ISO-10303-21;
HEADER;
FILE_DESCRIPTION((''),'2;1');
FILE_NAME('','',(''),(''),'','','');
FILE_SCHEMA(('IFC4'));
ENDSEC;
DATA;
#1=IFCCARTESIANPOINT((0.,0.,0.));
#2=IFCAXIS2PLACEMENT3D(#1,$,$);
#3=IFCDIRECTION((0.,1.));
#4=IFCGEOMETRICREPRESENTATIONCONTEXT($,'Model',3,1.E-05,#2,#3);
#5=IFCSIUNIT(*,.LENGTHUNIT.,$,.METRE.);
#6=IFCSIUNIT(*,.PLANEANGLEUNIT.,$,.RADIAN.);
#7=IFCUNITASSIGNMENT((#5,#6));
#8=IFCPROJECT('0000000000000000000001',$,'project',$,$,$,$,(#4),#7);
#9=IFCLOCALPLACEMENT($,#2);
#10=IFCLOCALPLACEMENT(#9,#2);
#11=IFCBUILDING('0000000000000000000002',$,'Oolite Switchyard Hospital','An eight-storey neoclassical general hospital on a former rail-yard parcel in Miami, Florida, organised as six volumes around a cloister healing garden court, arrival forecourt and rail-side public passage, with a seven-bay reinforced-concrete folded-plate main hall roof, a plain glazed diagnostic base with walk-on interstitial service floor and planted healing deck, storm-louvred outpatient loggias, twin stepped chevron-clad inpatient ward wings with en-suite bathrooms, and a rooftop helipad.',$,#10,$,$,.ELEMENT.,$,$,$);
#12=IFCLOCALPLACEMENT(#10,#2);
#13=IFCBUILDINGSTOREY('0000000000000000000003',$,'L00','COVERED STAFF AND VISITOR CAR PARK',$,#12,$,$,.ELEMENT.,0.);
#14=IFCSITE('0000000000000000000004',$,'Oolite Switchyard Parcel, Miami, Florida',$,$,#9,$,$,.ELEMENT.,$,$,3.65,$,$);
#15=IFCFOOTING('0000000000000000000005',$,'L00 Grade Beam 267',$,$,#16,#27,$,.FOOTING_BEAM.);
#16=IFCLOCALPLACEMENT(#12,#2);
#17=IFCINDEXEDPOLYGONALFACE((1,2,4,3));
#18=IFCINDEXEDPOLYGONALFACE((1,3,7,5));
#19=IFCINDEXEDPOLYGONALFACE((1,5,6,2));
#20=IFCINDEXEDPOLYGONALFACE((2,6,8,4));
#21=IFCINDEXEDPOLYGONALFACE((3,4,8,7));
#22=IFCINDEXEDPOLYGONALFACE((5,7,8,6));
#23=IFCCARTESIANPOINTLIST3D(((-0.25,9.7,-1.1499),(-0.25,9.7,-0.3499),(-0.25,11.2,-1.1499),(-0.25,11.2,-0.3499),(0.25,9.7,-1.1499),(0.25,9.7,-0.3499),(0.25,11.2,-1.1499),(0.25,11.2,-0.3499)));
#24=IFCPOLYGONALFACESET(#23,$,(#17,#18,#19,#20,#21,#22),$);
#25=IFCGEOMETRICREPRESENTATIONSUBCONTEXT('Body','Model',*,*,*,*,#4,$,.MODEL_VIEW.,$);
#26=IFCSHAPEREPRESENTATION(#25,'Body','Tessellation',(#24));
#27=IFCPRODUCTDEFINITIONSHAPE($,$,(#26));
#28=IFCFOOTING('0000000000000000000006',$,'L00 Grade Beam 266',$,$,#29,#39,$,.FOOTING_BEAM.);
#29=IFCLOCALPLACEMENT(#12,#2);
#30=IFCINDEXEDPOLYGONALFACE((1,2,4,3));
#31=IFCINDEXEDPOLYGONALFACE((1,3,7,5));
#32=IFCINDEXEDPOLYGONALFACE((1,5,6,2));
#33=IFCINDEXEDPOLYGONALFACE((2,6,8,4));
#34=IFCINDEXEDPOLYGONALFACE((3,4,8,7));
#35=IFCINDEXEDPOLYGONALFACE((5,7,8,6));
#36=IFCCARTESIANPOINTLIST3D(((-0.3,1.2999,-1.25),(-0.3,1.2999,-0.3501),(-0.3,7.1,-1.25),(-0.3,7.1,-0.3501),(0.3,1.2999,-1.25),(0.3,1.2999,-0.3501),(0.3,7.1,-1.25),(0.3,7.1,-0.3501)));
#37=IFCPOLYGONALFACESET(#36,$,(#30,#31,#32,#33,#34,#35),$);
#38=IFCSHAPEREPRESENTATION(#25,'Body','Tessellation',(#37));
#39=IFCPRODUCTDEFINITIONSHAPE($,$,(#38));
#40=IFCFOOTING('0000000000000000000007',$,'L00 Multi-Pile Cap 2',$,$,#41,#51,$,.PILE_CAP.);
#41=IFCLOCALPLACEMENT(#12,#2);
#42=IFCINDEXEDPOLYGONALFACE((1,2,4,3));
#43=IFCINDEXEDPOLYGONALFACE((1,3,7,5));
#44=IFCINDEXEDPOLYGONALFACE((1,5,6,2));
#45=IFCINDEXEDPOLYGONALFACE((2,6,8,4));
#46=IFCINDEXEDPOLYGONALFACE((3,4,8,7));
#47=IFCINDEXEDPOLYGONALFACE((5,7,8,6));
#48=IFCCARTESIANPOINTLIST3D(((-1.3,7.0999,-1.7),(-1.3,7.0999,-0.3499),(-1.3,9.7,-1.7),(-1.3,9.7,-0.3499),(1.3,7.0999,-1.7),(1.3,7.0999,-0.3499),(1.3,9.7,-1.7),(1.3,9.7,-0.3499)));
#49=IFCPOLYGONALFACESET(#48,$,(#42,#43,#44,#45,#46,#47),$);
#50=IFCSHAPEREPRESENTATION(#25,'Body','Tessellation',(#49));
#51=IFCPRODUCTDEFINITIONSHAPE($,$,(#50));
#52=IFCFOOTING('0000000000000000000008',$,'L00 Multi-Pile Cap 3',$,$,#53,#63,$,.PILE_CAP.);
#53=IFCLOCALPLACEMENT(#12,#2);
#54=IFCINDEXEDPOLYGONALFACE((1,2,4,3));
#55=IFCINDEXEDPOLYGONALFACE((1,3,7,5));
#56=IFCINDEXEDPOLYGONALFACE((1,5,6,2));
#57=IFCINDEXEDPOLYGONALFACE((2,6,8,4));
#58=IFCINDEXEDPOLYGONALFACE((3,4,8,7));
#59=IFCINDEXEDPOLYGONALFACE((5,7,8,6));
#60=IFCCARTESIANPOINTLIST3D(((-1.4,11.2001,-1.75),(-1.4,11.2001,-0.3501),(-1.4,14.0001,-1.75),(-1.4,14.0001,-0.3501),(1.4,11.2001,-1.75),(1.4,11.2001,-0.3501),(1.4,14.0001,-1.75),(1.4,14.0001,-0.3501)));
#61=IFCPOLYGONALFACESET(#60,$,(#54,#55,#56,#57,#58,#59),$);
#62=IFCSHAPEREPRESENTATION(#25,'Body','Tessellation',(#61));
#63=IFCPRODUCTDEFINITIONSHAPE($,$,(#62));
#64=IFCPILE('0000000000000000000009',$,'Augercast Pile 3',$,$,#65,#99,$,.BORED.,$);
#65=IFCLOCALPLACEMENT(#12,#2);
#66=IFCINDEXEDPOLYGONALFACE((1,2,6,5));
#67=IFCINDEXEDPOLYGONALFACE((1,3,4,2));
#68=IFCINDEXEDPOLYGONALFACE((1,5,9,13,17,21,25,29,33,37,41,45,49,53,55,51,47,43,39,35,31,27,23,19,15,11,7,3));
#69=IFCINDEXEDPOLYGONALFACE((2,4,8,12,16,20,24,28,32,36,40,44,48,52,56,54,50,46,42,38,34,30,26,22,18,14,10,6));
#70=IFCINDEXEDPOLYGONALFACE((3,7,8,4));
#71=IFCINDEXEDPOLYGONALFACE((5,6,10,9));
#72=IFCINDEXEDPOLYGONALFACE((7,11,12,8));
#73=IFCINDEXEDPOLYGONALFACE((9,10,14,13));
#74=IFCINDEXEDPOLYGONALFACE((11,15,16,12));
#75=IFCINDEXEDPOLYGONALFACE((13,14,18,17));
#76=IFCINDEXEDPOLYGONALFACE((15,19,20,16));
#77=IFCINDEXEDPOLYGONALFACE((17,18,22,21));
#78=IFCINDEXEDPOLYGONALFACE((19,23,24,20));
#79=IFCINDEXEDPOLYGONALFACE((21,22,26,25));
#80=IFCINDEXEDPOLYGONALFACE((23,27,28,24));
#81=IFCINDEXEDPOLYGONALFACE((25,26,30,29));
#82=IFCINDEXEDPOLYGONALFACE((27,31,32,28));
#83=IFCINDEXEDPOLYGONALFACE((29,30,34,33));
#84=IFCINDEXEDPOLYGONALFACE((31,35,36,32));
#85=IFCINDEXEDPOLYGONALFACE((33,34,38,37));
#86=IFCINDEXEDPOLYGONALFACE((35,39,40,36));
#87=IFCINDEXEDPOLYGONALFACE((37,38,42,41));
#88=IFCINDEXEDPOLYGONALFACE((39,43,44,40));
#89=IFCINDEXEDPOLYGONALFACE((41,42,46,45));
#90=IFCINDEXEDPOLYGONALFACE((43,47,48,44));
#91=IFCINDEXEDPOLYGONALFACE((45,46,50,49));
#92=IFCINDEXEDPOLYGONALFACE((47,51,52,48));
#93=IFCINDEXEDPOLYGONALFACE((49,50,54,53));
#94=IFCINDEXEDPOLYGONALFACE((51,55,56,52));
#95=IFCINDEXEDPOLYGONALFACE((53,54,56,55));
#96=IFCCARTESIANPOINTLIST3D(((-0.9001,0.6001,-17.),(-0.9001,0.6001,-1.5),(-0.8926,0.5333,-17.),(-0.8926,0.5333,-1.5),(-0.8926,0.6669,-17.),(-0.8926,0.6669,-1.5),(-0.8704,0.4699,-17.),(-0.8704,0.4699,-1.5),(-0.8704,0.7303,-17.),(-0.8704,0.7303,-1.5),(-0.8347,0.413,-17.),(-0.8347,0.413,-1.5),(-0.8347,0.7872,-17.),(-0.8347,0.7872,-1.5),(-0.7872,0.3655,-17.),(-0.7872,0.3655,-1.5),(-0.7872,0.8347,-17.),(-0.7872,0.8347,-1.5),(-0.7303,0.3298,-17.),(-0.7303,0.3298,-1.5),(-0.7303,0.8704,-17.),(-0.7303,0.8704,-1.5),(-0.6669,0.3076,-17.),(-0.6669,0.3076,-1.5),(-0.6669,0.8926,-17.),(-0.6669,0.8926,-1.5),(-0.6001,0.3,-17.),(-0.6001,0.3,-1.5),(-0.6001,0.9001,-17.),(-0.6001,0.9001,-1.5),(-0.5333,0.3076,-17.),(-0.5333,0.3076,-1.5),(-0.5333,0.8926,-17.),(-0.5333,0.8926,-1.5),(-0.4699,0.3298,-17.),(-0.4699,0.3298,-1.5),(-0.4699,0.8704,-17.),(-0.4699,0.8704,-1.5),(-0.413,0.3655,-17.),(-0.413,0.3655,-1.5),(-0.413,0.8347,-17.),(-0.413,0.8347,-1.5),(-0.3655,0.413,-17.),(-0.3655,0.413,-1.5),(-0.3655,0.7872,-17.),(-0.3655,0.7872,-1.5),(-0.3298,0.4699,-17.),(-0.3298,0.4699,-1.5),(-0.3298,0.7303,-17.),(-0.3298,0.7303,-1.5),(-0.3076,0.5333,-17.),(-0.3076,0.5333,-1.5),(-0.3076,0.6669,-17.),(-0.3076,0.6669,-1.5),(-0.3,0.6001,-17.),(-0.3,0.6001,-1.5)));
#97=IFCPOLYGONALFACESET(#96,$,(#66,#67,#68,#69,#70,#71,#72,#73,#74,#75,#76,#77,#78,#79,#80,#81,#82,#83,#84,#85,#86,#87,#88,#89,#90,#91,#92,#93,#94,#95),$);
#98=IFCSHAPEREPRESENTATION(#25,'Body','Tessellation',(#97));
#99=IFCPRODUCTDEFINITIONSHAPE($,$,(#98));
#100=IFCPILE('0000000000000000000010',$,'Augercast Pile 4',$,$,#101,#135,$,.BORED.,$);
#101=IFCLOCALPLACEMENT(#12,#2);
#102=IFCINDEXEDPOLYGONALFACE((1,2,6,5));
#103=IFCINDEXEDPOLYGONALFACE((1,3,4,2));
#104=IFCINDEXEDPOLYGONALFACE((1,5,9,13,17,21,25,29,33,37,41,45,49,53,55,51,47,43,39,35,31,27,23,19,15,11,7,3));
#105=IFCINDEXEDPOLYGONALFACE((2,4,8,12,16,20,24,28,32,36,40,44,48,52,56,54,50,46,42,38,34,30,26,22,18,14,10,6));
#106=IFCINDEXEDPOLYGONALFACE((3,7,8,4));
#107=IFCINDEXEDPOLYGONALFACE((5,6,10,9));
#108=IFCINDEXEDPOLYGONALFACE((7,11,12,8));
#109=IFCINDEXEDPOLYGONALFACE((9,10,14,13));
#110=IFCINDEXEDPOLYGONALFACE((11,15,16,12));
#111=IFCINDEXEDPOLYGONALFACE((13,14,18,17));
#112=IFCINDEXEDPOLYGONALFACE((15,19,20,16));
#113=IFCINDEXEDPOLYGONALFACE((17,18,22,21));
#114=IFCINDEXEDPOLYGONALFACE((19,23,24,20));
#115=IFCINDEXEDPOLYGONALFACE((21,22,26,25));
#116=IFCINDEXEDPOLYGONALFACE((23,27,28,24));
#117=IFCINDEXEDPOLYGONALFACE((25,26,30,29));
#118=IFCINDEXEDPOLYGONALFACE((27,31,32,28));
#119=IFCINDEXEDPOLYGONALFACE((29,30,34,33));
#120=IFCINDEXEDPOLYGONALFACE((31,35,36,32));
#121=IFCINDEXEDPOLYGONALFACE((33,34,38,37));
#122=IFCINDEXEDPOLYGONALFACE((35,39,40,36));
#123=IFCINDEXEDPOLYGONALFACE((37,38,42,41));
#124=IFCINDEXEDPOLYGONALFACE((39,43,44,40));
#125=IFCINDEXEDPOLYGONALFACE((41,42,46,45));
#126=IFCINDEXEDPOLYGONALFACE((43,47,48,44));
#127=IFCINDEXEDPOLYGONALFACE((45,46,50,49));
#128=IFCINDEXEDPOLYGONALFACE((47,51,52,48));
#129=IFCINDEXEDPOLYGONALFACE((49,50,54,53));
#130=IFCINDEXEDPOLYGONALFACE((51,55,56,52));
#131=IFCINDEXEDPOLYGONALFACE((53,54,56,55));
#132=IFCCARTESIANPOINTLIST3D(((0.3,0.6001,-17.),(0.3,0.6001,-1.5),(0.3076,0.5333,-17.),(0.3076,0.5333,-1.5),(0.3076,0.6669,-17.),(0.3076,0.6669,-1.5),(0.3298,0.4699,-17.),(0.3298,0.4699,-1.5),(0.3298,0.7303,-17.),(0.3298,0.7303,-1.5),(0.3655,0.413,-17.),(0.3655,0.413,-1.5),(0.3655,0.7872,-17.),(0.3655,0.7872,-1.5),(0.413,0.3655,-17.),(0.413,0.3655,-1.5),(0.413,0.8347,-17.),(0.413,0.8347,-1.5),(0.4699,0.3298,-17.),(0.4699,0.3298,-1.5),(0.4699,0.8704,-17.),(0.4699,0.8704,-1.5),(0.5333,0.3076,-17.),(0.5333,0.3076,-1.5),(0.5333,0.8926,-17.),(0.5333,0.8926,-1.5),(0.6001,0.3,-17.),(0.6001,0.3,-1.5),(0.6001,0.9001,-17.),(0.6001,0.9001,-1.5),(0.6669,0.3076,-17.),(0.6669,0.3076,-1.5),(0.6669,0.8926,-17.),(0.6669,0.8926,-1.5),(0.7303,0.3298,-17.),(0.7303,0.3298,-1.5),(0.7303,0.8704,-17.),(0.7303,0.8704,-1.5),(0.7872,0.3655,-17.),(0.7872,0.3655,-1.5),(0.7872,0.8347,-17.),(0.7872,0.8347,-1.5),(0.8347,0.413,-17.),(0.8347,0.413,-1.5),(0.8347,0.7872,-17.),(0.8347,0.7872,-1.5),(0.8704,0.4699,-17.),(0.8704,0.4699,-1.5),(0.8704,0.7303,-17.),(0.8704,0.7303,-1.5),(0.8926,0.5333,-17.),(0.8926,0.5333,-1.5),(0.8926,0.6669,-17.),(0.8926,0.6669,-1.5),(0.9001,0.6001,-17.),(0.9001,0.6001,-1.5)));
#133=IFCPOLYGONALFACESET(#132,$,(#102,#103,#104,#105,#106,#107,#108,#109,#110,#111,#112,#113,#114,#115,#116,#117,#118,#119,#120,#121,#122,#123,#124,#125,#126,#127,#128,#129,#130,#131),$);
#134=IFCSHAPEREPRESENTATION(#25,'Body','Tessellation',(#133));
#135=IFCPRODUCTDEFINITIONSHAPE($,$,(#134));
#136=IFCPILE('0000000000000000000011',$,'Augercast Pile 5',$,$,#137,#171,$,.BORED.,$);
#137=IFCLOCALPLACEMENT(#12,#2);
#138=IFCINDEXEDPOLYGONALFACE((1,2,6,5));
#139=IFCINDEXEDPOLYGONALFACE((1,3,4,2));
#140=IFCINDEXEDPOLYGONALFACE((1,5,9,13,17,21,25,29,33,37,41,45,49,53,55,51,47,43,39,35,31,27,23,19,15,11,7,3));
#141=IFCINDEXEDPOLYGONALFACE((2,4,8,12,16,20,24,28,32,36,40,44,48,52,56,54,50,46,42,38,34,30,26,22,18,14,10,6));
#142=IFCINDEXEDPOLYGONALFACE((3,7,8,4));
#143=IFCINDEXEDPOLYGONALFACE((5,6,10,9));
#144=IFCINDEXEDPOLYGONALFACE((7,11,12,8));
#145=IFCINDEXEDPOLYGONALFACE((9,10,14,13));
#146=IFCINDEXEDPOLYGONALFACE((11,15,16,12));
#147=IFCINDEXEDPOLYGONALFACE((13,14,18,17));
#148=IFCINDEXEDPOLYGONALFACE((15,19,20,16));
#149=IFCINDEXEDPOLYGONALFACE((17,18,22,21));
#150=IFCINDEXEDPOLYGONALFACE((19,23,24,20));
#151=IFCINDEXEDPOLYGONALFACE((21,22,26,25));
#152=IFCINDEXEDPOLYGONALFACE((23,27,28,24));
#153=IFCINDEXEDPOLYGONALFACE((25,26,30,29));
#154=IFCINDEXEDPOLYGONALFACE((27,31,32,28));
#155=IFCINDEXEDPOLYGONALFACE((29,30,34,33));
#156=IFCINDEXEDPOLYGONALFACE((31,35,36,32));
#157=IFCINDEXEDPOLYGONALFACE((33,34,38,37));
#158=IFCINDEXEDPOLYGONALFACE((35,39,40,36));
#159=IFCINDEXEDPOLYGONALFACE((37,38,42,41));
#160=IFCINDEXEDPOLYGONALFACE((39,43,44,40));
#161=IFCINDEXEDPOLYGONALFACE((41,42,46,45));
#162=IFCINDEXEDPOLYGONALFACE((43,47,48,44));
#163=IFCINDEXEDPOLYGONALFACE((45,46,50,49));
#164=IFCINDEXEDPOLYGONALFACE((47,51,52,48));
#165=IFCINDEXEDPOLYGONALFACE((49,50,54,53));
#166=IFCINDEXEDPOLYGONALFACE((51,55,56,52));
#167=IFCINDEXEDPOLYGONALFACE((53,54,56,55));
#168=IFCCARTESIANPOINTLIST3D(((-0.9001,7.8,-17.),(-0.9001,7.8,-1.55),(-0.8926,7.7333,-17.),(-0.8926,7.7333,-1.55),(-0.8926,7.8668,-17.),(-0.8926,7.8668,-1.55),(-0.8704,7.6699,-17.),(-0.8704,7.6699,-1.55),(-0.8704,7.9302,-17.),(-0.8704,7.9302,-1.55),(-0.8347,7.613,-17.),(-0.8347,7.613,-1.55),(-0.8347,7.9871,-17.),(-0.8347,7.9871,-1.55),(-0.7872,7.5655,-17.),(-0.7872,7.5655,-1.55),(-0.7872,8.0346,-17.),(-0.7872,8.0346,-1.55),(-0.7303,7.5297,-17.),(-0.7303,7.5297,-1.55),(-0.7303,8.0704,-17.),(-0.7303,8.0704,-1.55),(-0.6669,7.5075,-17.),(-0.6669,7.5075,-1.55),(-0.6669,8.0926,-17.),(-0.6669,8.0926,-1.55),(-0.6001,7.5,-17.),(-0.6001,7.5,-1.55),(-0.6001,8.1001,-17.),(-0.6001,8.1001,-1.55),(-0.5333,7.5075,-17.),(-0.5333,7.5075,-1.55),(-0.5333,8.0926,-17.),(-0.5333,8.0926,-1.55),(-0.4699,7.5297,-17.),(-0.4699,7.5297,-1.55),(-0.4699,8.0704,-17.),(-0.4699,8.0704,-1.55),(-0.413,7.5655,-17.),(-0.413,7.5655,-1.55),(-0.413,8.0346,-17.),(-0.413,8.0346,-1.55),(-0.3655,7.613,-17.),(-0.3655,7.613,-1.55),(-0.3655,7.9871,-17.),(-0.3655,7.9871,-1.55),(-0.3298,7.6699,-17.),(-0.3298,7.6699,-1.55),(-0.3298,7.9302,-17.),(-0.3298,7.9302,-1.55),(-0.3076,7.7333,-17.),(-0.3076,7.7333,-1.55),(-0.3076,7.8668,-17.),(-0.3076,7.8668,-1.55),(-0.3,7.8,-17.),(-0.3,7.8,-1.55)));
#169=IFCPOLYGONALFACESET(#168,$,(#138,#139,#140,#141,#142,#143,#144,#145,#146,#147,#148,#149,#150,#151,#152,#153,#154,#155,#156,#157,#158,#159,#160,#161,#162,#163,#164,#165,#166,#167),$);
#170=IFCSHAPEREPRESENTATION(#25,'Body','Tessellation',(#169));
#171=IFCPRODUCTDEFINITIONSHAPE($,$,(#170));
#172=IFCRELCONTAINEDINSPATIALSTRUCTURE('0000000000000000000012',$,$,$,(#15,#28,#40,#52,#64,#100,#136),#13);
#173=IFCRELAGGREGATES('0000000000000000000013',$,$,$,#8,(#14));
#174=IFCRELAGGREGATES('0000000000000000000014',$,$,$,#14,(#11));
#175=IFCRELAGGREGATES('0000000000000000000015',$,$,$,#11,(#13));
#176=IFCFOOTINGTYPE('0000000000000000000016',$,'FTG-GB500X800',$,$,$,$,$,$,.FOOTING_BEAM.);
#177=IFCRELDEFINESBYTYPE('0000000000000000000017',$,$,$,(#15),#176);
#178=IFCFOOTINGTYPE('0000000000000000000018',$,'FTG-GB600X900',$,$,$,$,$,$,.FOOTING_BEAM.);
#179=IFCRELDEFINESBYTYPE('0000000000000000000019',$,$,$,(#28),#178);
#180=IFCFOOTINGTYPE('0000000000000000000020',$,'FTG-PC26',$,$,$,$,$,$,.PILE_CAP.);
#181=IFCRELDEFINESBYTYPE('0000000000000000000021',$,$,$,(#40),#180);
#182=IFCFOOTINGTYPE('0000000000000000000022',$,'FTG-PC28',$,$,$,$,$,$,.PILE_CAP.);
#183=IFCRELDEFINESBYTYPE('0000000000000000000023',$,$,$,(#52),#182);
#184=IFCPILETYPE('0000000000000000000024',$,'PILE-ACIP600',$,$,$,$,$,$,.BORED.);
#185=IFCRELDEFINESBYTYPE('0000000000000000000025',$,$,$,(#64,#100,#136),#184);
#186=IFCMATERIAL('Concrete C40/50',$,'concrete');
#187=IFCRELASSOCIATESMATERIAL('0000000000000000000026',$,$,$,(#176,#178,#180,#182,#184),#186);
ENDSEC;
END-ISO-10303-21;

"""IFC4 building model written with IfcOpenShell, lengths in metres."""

from ifc_helpers import new_model, si_unit, direction, frame, origin, origin_2d, place, context, subcontext, project, spatial, rectangle, circle, extrude, material, material_profile, profile_set, type_object, element, save


model = new_model("IFC4")

# Units and contexts
model_context = context("Model", 3, precision=1e-05, world=origin(), true_north=direction((0.0, 1.0)))
body_context = subcontext(model_context, "Body", "Model", "MODEL_VIEW")
ifc_project = project(units=[si_unit("LENGTHUNIT", "METRE"), si_unit("PLANEANGLEUNIT", "RADIAN")], contexts=[model_context])

# Site, building, storey
site_placement = place(None, origin())
site = spatial("IfcSite", under=ifc_project, at=site_placement, Name="Oolite Switchyard Parcel, Miami, Florida", CompositionType="ELEMENT", RefElevation=3.65)
building_placement = place(site_placement, origin())
building = spatial("IfcBuilding", under=site, at=building_placement, Name="Oolite Switchyard Hospital", Description="An eight-storey neoclassical general hospital on a former rail-yard parcel in Miami, Florida, organised as six volumes around a cloister healing garden court, arrival forecourt and rail-side public passage, with a seven-bay reinforced-concrete folded-plate main hall roof, a plain glazed diagnostic base with walk-on interstitial service floor and planted healing deck, storm-louvred outpatient loggias, twin stepped chevron-clad inpatient ward wings with en-suite bathrooms, and a rooftop helipad.", CompositionType="ELEMENT")
storey_placement = place(building_placement, origin())
storey = spatial("IfcBuildingStorey", under=building, at=storey_placement, Name="L00", Description="COVERED STAFF AND VISITOR CAR PARK", CompositionType="ELEMENT", Elevation=0.0)

# Footings
ifc_material_1 = material(Name="Concrete C40/50", Category="concrete")
footing_type_1 = type_object("IfcFootingType", Name="FTG-GB500X800", PredefinedType="FOOTING_BEAM", material=ifc_material_1)
footing_1_placement = place(storey_placement, frame((0.0, 10.45, -1.1499), z_axis=(0.0, 0.0, 1.0), x_axis=(0.0, 1.0, 0.0)))
element("IfcFooting", 1, at=footing_1_placement, inside=storey, type_object=footing_type_1, Name="L00 Grade Beam 267", PredefinedType="FOOTING_BEAM", context=body_context, shape_type="SweptSolid", body=[
    extrude(rectangle(XDim=1.5, YDim=0.5, at=origin_2d()), origin(), (0.0, 0.0, 1.0), 0.8),
])
footing_type_2 = type_object("IfcFootingType", Name="FTG-GB600X900", PredefinedType="FOOTING_BEAM", material=ifc_material_1)
footing_2_placement = place(storey_placement, frame((0.0, 4.2, -1.25), z_axis=(0.0, 0.0, 1.0), x_axis=(0.0, 1.0, 0.0)))
element("IfcFooting", 2, at=footing_2_placement, inside=storey, type_object=footing_type_2, Name="L00 Grade Beam 266", PredefinedType="FOOTING_BEAM", context=body_context, shape_type="SweptSolid", body=[
    extrude(rectangle(XDim=5.8, YDim=0.6001, at=origin_2d()), origin(), (0.0, 0.0, 1.0), 0.8999),
])
footing_type_3 = type_object("IfcFootingType", Name="FTG-PC26", PredefinedType="PILE_CAP", material=ifc_material_1)
footing_3_placement = place(storey_placement, frame((0.0, 8.3999, -1.7), z_axis=(0.0, 0.0, 1.0), x_axis=(1.0, 0.0, 0.0)))
element("IfcFooting", 3, at=footing_3_placement, inside=storey, type_object=footing_type_3, Name="L00 Multi-Pile Cap 2", PredefinedType="PILE_CAP", context=body_context, shape_type="SweptSolid", body=[
    extrude(rectangle(XDim=2.6001, YDim=2.6001, at=origin_2d()), origin(), (0.0, 0.0, 1.0), 1.3501),
])
footing_type_4 = type_object("IfcFootingType", Name="FTG-PC28", PredefinedType="PILE_CAP", material=ifc_material_1)
footing_4_placement = place(storey_placement, frame((0.0, 12.6001, -1.75), z_axis=(0.0, 0.0, 1.0), x_axis=(1.0, 0.0, 0.0)))
element("IfcFooting", 4, at=footing_4_placement, inside=storey, type_object=footing_type_4, Name="L00 Multi-Pile Cap 3", PredefinedType="PILE_CAP", context=body_context, shape_type="SweptSolid", body=[
    extrude(rectangle(XDim=2.8, YDim=2.8, at=origin_2d()), origin(), (0.0, 0.0, 1.0), 1.3999),
])

# Piles
ifc_material_profile_1 = material_profile(ifc_material_1, circle(Radius=0.3, at=origin_2d()), Name="PILE600")
ifc_profile_set_1 = profile_set([ifc_material_profile_1], Name="Concrete C40/50")
pile_type = type_object("IfcPileType", Name="PILE-ACIP600", PredefinedType="BORED", material=ifc_profile_set_1)
for number, where, z_axis, x_axis, name in (
    (5, (-0.6001, 0.6001, -1.5), (0.0, 0.0, -1.0), (1.0, 0.0, 0.0), "Augercast Pile 3"),
    (6, (0.6001, 0.6001, -1.5), (0.0, 0.0, -1.0), (1.0, 0.0, 0.0), "Augercast Pile 4"),
):
    element("IfcPile", number, at=place(storey_placement, frame(where, z_axis=z_axis, x_axis=x_axis)), inside=storey, type_object=pile_type, Name=name, PredefinedType="BORED", context=body_context, shape_type="SweptSolid", body=[
        extrude(circle(Radius=0.3, at=origin_2d()), origin(), (0.0, 0.0, 1.0), 15.5),
    ])
for number, where, z_axis, x_axis, name in (
    (7, (-0.6001, 7.8, -1.55), (0.0, 0.0, -1.0), (1.0, 0.0, 0.0), "Augercast Pile 5"),
):
    element("IfcPile", number, at=place(storey_placement, frame(where, z_axis=z_axis, x_axis=x_axis)), inside=storey, type_object=pile_type, Name=name, PredefinedType="BORED", context=body_context, shape_type="SweptSolid", body=[
        extrude(circle(Radius=0.3, at=origin_2d()), origin(), (0.0, 0.0, 1.0), 15.45),
    ])

save(model, "model.ifc")
